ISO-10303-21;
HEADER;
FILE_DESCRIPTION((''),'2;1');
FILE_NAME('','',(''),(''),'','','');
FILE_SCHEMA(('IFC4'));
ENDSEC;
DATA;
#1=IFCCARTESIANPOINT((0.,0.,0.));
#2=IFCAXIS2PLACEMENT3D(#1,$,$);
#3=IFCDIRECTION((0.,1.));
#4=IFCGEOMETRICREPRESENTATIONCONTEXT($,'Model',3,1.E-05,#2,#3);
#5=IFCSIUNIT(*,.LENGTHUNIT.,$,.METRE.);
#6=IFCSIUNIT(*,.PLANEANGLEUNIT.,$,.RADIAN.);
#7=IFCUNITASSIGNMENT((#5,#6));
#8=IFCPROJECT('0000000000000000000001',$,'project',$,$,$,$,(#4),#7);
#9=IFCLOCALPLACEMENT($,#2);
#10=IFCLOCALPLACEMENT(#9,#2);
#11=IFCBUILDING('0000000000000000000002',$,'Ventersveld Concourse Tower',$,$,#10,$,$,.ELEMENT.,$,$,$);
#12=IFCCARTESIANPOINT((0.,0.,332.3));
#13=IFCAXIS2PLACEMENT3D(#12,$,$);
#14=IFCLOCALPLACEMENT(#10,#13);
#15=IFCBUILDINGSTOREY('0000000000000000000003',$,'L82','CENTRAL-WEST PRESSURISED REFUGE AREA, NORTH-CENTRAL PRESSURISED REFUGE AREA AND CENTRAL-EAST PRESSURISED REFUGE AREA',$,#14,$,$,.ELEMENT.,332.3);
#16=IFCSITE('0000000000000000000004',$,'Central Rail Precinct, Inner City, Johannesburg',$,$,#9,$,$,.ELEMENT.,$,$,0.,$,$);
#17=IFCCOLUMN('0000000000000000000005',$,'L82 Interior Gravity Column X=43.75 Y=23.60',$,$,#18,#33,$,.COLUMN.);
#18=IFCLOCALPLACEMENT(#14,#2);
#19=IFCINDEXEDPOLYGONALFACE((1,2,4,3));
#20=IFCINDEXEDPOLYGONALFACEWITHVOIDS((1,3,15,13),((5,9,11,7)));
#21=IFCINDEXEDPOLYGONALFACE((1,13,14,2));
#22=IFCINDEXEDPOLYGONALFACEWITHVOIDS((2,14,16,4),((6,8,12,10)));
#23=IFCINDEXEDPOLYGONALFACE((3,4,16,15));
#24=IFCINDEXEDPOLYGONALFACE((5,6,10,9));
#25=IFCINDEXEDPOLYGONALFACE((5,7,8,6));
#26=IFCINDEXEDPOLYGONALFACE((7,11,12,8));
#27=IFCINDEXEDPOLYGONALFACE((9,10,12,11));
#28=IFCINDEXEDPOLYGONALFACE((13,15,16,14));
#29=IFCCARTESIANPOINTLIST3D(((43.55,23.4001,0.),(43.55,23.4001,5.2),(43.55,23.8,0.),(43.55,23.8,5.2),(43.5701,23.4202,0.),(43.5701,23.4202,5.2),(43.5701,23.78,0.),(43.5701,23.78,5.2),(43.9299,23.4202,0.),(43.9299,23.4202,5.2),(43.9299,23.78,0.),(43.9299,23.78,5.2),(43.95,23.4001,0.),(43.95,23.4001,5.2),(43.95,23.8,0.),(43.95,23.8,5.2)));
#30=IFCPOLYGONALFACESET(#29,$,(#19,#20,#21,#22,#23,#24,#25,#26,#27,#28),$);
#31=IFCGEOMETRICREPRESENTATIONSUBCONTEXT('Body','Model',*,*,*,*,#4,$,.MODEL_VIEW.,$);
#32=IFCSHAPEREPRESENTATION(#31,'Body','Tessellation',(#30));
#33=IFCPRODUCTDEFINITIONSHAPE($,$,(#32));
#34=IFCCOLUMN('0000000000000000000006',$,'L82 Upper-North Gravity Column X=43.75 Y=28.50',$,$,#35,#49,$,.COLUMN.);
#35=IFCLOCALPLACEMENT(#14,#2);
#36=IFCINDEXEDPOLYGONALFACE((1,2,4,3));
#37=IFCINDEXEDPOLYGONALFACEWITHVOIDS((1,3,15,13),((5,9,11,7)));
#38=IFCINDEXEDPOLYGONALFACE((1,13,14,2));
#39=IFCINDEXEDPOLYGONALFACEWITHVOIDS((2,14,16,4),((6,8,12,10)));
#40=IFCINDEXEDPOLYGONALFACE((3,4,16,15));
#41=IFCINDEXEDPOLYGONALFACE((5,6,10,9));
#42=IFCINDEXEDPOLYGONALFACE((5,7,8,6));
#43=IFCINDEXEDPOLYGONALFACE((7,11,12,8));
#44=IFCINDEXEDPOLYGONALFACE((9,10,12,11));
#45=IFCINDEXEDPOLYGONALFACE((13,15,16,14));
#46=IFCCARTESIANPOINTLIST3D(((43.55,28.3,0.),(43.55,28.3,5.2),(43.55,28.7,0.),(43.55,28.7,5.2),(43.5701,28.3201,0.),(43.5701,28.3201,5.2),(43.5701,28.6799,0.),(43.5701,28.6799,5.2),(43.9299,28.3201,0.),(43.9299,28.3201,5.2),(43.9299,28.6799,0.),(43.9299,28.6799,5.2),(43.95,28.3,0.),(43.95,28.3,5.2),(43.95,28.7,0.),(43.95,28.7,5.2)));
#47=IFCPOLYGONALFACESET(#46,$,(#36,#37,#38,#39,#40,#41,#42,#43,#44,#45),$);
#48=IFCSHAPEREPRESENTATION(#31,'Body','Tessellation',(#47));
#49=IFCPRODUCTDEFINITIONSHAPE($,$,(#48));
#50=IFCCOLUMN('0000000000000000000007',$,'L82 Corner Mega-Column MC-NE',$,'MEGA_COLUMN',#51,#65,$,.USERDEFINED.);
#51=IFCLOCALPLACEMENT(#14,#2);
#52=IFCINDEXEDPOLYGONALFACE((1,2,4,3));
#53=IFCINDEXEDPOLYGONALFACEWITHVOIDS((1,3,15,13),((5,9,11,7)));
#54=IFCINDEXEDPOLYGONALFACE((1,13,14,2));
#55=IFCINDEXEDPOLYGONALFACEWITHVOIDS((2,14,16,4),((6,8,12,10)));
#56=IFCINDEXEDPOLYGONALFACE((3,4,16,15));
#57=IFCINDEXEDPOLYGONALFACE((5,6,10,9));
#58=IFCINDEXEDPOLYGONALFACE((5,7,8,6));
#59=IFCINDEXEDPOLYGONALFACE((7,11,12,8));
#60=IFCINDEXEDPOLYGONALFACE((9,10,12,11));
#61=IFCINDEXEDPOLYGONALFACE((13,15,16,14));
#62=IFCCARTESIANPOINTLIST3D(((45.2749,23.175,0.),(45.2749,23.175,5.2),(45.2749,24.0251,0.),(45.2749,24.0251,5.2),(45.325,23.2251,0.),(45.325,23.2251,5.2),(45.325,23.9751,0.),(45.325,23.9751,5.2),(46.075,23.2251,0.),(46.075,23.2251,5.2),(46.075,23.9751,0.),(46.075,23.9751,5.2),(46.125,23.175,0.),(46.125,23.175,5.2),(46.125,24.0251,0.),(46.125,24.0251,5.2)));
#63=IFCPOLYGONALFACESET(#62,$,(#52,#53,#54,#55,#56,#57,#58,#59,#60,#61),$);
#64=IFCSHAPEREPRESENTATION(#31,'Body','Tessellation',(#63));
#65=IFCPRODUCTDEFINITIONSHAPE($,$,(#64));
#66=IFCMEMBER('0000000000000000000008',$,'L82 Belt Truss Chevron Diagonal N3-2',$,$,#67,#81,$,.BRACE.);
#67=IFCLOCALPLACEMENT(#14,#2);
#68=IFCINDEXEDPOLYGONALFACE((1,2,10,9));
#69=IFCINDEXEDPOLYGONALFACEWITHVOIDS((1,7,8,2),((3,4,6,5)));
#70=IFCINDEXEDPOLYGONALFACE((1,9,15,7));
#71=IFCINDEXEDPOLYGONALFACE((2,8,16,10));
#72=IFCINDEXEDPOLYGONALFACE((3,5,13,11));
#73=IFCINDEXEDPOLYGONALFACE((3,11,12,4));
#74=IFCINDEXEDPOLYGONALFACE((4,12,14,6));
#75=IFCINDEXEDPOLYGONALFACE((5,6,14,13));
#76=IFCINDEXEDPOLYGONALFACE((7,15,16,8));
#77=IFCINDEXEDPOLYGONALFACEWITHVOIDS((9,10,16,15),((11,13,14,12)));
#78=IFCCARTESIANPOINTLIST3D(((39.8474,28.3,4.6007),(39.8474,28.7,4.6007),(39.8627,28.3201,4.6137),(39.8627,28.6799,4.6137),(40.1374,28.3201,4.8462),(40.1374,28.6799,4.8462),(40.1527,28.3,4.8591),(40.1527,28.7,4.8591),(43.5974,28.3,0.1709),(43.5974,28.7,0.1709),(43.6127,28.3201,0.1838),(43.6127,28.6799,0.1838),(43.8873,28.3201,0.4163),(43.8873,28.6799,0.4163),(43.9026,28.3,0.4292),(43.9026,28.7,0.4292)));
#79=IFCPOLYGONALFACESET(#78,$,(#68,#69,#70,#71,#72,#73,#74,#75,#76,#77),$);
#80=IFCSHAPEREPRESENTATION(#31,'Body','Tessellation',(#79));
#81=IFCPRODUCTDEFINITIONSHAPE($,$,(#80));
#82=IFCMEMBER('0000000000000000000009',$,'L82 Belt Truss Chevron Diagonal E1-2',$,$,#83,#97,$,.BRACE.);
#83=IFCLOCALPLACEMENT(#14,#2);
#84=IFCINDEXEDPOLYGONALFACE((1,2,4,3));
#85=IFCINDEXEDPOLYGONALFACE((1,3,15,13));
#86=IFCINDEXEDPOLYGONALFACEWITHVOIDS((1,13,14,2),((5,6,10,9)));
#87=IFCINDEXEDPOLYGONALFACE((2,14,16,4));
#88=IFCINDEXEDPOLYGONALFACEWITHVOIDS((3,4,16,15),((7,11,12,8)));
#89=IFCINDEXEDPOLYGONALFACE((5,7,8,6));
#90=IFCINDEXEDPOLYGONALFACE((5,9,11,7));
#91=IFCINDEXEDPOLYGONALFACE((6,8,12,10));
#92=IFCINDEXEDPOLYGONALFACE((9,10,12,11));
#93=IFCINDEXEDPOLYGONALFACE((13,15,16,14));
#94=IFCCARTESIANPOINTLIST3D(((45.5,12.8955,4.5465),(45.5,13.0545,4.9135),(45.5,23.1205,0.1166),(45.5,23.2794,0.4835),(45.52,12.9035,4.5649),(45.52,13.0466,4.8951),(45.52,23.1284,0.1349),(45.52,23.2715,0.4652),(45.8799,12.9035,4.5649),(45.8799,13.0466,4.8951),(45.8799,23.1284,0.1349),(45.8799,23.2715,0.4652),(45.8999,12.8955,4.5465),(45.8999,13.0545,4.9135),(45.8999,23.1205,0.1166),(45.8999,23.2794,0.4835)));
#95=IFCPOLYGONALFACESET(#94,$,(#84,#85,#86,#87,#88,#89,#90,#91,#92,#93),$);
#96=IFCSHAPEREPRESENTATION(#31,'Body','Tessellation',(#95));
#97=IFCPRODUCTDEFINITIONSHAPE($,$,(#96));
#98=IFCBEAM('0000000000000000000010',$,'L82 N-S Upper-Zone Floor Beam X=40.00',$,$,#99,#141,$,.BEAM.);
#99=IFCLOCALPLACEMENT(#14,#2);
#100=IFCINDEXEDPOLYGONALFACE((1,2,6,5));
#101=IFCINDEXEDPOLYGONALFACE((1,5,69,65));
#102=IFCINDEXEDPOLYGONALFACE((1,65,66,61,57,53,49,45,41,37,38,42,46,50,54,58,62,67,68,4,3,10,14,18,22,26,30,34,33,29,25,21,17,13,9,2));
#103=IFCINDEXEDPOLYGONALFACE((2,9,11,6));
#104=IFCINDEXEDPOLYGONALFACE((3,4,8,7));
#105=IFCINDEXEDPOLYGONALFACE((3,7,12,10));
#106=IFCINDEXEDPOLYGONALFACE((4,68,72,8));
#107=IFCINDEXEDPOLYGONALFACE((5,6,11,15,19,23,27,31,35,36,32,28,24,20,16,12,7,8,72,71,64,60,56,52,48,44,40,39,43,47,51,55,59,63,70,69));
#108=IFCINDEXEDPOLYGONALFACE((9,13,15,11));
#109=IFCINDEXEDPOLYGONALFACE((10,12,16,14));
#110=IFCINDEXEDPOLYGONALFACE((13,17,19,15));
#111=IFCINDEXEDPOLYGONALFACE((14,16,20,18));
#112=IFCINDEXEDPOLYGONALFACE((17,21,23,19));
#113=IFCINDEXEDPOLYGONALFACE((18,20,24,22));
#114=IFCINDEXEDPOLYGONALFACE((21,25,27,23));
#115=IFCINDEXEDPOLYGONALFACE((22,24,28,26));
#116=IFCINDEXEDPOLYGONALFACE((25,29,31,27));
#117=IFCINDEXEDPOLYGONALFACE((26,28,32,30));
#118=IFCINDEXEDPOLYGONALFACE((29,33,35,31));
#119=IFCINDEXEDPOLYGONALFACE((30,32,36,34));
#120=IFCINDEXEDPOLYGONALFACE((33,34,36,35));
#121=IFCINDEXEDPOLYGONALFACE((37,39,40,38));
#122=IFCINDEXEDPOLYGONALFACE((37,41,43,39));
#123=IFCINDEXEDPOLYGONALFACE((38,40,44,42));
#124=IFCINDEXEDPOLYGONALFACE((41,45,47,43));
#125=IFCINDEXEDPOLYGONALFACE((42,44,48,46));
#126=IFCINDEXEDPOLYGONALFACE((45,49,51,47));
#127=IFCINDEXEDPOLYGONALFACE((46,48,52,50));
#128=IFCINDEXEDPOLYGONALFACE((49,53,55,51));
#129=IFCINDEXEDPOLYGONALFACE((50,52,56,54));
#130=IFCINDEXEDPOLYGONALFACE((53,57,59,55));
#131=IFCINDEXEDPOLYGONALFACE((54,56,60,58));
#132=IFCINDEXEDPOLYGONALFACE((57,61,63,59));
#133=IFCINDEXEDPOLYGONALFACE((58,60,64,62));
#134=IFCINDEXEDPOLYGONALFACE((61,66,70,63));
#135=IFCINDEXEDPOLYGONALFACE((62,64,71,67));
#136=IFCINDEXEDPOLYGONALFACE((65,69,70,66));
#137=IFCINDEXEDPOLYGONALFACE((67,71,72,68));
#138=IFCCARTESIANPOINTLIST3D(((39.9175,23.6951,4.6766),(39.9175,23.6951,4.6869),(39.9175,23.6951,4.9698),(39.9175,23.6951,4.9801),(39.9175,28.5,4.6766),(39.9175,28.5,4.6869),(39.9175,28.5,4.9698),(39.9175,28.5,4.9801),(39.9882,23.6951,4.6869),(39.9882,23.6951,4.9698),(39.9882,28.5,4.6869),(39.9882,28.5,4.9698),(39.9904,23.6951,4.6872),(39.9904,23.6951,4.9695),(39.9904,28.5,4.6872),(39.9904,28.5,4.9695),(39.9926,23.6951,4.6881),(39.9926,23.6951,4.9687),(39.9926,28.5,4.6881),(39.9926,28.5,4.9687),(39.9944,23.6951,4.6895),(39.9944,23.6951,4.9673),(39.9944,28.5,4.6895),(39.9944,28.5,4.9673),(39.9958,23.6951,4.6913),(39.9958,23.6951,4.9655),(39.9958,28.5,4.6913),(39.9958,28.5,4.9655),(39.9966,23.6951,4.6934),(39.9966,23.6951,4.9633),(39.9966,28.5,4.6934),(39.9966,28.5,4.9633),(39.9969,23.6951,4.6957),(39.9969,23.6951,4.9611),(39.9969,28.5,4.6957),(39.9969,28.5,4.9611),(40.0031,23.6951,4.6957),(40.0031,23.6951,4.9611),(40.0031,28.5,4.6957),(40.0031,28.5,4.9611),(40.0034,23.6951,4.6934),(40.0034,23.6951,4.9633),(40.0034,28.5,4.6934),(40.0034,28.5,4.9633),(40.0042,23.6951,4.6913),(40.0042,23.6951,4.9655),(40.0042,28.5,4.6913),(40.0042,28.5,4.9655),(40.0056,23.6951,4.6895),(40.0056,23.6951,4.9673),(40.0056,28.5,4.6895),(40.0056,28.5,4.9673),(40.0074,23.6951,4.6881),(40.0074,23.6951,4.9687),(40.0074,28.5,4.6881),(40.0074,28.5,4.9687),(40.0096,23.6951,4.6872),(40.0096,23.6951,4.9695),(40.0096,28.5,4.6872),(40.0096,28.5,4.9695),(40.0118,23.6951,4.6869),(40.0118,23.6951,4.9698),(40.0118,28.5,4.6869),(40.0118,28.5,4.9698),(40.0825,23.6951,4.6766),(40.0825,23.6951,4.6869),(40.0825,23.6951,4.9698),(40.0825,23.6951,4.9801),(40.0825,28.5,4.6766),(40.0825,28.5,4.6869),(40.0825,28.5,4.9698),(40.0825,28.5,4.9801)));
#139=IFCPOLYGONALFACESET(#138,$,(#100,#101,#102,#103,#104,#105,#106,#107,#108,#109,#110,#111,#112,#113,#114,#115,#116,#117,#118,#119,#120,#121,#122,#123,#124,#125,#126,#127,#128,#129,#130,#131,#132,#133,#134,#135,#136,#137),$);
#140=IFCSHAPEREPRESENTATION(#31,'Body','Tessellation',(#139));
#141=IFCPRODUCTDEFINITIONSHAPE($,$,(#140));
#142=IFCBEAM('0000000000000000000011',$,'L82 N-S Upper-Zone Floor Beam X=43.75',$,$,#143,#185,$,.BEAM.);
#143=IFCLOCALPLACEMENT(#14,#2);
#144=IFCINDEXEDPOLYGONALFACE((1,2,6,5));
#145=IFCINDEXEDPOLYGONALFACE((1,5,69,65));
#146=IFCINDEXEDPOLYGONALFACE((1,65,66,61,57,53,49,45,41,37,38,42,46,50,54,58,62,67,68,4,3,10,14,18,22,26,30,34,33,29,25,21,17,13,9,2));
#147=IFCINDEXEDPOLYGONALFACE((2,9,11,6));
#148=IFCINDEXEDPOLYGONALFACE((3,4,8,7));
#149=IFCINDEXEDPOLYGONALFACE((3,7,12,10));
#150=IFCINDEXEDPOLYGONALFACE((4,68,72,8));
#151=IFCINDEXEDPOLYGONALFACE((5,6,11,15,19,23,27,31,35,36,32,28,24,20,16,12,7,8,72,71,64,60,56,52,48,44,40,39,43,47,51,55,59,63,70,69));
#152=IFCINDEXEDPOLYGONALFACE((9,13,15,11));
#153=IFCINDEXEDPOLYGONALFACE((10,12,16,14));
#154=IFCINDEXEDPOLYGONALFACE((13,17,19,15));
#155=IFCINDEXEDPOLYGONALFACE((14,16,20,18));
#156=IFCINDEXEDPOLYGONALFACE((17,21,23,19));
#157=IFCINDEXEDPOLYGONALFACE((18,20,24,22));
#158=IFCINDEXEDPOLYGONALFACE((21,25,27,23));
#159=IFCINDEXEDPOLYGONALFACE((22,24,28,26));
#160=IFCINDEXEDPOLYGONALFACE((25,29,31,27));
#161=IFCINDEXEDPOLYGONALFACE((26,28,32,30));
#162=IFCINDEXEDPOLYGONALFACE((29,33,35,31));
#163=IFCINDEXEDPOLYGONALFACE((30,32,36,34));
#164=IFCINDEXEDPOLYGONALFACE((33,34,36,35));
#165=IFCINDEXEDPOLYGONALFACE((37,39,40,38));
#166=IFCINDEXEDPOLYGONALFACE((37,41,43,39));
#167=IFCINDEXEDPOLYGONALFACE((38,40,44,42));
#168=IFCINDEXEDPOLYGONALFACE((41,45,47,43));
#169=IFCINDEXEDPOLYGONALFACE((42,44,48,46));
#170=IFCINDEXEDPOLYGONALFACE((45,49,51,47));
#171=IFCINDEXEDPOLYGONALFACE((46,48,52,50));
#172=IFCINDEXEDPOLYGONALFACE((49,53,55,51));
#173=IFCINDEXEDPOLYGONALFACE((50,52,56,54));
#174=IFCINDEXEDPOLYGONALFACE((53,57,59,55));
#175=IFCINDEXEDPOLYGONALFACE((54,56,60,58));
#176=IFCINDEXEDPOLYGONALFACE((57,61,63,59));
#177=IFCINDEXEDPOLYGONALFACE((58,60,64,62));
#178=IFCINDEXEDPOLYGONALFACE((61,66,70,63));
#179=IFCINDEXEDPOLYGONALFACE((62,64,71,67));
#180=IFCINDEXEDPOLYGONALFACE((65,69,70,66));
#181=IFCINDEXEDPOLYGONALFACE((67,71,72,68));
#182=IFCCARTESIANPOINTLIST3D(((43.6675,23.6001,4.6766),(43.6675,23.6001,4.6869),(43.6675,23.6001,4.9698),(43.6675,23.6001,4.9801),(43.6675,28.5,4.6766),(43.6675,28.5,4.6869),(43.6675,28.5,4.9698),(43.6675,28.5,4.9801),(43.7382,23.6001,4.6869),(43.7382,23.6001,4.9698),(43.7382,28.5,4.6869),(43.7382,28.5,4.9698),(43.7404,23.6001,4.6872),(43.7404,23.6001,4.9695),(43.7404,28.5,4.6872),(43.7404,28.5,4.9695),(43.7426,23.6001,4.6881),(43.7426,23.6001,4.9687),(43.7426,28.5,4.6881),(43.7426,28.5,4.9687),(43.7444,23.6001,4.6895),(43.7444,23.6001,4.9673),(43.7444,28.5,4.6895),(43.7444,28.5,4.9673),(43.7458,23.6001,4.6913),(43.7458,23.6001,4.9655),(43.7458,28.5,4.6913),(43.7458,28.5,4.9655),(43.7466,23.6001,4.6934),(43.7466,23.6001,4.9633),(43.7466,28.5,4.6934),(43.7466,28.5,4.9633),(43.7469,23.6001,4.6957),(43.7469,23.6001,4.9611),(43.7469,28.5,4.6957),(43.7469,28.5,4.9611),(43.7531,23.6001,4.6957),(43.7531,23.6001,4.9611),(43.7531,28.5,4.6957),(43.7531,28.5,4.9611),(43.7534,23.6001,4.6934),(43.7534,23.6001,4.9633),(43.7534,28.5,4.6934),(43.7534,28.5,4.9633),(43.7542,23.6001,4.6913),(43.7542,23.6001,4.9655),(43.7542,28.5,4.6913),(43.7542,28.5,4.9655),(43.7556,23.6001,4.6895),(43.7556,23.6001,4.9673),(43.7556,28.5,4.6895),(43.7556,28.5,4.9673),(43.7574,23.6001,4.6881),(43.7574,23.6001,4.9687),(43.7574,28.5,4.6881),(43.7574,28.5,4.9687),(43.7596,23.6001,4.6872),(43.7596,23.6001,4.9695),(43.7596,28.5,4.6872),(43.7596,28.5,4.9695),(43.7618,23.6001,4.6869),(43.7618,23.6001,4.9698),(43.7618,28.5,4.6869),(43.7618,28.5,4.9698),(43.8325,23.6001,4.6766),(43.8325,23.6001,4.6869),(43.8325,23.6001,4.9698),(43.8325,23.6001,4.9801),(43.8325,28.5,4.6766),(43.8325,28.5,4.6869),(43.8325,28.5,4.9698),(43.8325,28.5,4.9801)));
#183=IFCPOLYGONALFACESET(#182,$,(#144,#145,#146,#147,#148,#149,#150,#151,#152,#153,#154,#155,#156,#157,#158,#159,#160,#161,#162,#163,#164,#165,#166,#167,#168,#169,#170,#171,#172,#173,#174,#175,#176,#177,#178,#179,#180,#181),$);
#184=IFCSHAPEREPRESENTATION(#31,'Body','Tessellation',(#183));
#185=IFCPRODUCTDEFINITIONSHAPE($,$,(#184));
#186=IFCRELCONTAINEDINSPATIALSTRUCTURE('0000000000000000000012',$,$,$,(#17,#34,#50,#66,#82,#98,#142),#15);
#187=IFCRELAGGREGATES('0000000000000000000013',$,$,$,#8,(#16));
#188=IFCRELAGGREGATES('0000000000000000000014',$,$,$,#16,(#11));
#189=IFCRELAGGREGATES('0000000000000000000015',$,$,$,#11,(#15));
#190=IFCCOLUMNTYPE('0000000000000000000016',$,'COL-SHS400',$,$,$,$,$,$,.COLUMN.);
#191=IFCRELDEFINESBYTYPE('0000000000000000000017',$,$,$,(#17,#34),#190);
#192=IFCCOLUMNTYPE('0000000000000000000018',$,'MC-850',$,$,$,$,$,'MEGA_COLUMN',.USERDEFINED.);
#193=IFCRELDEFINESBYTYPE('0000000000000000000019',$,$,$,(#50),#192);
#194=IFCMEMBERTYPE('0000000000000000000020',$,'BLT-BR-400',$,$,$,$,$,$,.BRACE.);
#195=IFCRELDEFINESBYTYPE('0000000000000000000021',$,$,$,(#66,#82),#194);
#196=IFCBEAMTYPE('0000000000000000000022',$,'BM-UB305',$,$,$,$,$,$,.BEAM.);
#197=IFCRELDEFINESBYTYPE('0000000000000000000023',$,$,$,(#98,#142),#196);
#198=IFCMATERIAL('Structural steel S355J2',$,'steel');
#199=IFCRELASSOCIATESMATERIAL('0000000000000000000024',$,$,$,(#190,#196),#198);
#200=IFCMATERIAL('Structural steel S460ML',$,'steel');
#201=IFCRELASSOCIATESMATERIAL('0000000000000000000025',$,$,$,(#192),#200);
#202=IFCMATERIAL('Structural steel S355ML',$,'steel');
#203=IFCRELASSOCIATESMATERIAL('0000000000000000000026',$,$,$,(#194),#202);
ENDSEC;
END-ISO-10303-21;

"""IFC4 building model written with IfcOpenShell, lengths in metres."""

from ifc_helpers import new_model, si_unit, direction, frame, origin, origin_2d, place, context, subcontext, project, spatial, hollow_rectangle, i_section, extrude, material, material_profile, profile_set, type_object, element, save


model = new_model("IFC4")

# Units and contexts
model_context = context("Model", 3, precision=1e-05, world=origin(), true_north=direction((0.0, 1.0)))
body_context = subcontext(model_context, "Body", "Model", "MODEL_VIEW")
ifc_project = project(units=[si_unit("LENGTHUNIT", "METRE"), si_unit("PLANEANGLEUNIT", "RADIAN")], contexts=[model_context])

# Site, building, storey
site_placement = place(None, origin())
site = spatial("IfcSite", under=ifc_project, at=site_placement, Name="Central Rail Precinct, Inner City, Johannesburg", CompositionType="ELEMENT", RefElevation=0.0)
building_placement = place(site_placement, origin())
building = spatial("IfcBuilding", under=site, at=building_placement, Name="Ventersveld Concourse Tower", CompositionType="ELEMENT")
storey_placement = place(building_placement, frame((0.0, 0.0, 332.3)))
storey = spatial("IfcBuildingStorey", under=building, at=storey_placement, Name="L82", Description="CENTRAL-WEST PRESSURISED REFUGE AREA, NORTH-CENTRAL PRESSURISED REFUGE AREA AND CENTRAL-EAST PRESSURISED REFUGE AREA", CompositionType="ELEMENT", Elevation=332.3)

# Columns
ifc_material_1 = material(Name="Structural steel S355J2", Category="steel")
ifc_material_profile_1 = material_profile(ifc_material_1, hollow_rectangle(XDim=0.3999, YDim=0.3999, WallThickness=0.02, at=origin_2d()), Name="SHS 400x400x20")
ifc_profile_set_1 = profile_set([ifc_material_profile_1], Name="Structural steel S355J2")
column_type_1 = type_object("IfcColumnType", Name="COL-SHS400", PredefinedType="COLUMN", material=ifc_profile_set_1)
for number, where, z_axis, x_axis, name in (
    (1, (43.75, 23.6001, 0.0), (0.0, 0.0, 1.0), (1.0, 0.0, 0.0), "L82 Interior Gravity Column X=43.75 Y=23.60"),
    (2, (43.75, 28.5, 0.0), (0.0, 0.0, 1.0), (1.0, 0.0, 0.0), "L82 Upper-North Gravity Column X=43.75 Y=28.50"),
):
    element("IfcColumn", number, at=place(storey_placement, frame(where, z_axis=z_axis, x_axis=x_axis)), inside=storey, type_object=column_type_1, Name=name, PredefinedType="COLUMN", context=body_context, shape_type="SweptSolid", body=[
        extrude(hollow_rectangle(XDim=0.3999, YDim=0.3999, WallThickness=0.02, at=origin_2d()), origin(), (0.0, 0.0, 1.0), 5.2),
    ])
ifc_material_2 = material(Name="Structural steel S460ML", Category="steel")
ifc_material_profile_2 = material_profile(ifc_material_2, hollow_rectangle(XDim=0.8501, YDim=0.8501, WallThickness=0.05, at=origin_2d()), Name="BOX 850x850x50")
ifc_profile_set_2 = profile_set([ifc_material_profile_2], Name="Structural steel S460ML")
column_type_2 = type_object("IfcColumnType", Name="MC-850", ElementType="MEGA_COLUMN", PredefinedType="USERDEFINED", material=ifc_profile_set_2)
column_placement = place(storey_placement, frame((45.7, 23.6001, 0.0), z_axis=(0.0, 0.0, 1.0), x_axis=(1.0, 0.0, 0.0)))
element("IfcColumn", 3, at=column_placement, inside=storey, type_object=column_type_2, Name="L82 Corner Mega-Column MC-NE", ObjectType="MEGA_COLUMN", PredefinedType="USERDEFINED", context=body_context, shape_type="SweptSolid", body=[
    extrude(hollow_rectangle(XDim=0.8501, YDim=0.8501, WallThickness=0.05, at=origin_2d()), origin(), (0.0, 0.0, 1.0), 5.2),
])

# Members
ifc_material_3 = material(Name="Structural steel S355ML", Category="steel")
ifc_material_profile_3 = material_profile(ifc_material_3, hollow_rectangle(XDim=0.3999, YDim=0.3999, WallThickness=0.02, at=origin_2d()), Name="SHS 400x400x20")
ifc_profile_set_3 = profile_set([ifc_material_profile_3], Name="Structural steel S355ML")
member_type_1 = type_object("IfcMemberType", Name="BLT-BR-400", PredefinedType="BRACE", material=ifc_profile_set_3)
member_1_placement = place(storey_placement, frame((43.75, 28.5, 0.3), z_axis=(-0.646103, 0.0, 0.763251), x_axis=(0.0, -1.0, 0.0)))
element("IfcMember", 4, at=member_1_placement, inside=storey, type_object=member_type_1, Name="L82 Belt Truss Chevron Diagonal N3-2", PredefinedType="BRACE", context=body_context, shape_type="SweptSolid", body=[
    extrude(hollow_rectangle(XDim=0.3999, YDim=0.3999, WallThickness=0.02, at=origin_2d()), origin(), (0.0, 0.0, 1.0), 5.804),
])
member_2_placement = place(storey_placement, frame((45.7, 23.2, 0.3), z_axis=(0.0, -0.917583, 0.397544), x_axis=(1.0, 0.0, 0.0)))
element("IfcMember", 5, at=member_2_placement, inside=storey, type_object=member_type_1, Name="L82 Belt Truss Chevron Diagonal E1-2", PredefinedType="BRACE", context=body_context, shape_type="SweptSolid", body=[
    extrude(hollow_rectangle(XDim=0.3999, YDim=0.3999, WallThickness=0.02, at=origin_2d()), origin(), (0.0, 0.0, 1.0), 11.1433),
])

# Beams
ifc_material_profile_4 = material_profile(ifc_material_1, i_section(OverallWidth=0.165, OverallDepth=0.3035, WebThickness=0.0061, FlangeThickness=0.0103, FilletRadius=0.0088, at=origin_2d()), Name="UB 305x165x40")
ifc_profile_set_4 = profile_set([ifc_material_profile_4], Name="Structural steel S355J2")
beam_type_1 = type_object("IfcBeamType", Name="BM-UB305", PredefinedType="BEAM", material=ifc_profile_set_4)
beam_1_placement = place(storey_placement, frame((40.0, 23.6951, 4.8284), z_axis=(0.0, 1.0, 0.0), x_axis=(-1.0, 0.0, 0.0)))
element("IfcBeam", 6, at=beam_1_placement, inside=storey, type_object=beam_type_1, Name="L82 N-S Upper-Zone Floor Beam X=40.00", PredefinedType="BEAM", context=body_context, shape_type="SweptSolid", body=[
    extrude(i_section(OverallWidth=0.165, OverallDepth=0.3035, WebThickness=0.0061, FlangeThickness=0.0103, FilletRadius=0.0088, at=origin_2d()), origin(), (0.0, 0.0, 1.0), 4.8049),
])
beam_2_placement = place(storey_placement, frame((43.75, 23.6001, 4.8284), z_axis=(0.0, 1.0, 0.0), x_axis=(-1.0, 0.0, 0.0)))
element("IfcBeam", 7, at=beam_2_placement, inside=storey, type_object=beam_type_1, Name="L82 N-S Upper-Zone Floor Beam X=43.75", PredefinedType="BEAM", context=body_context, shape_type="SweptSolid", body=[
    extrude(i_section(OverallWidth=0.165, OverallDepth=0.3035, WebThickness=0.0061, FlangeThickness=0.0103, FilletRadius=0.0088, at=origin_2d()), origin(), (0.0, 0.0, 1.0), 4.8999),
])

save(model, "model.ifc")
